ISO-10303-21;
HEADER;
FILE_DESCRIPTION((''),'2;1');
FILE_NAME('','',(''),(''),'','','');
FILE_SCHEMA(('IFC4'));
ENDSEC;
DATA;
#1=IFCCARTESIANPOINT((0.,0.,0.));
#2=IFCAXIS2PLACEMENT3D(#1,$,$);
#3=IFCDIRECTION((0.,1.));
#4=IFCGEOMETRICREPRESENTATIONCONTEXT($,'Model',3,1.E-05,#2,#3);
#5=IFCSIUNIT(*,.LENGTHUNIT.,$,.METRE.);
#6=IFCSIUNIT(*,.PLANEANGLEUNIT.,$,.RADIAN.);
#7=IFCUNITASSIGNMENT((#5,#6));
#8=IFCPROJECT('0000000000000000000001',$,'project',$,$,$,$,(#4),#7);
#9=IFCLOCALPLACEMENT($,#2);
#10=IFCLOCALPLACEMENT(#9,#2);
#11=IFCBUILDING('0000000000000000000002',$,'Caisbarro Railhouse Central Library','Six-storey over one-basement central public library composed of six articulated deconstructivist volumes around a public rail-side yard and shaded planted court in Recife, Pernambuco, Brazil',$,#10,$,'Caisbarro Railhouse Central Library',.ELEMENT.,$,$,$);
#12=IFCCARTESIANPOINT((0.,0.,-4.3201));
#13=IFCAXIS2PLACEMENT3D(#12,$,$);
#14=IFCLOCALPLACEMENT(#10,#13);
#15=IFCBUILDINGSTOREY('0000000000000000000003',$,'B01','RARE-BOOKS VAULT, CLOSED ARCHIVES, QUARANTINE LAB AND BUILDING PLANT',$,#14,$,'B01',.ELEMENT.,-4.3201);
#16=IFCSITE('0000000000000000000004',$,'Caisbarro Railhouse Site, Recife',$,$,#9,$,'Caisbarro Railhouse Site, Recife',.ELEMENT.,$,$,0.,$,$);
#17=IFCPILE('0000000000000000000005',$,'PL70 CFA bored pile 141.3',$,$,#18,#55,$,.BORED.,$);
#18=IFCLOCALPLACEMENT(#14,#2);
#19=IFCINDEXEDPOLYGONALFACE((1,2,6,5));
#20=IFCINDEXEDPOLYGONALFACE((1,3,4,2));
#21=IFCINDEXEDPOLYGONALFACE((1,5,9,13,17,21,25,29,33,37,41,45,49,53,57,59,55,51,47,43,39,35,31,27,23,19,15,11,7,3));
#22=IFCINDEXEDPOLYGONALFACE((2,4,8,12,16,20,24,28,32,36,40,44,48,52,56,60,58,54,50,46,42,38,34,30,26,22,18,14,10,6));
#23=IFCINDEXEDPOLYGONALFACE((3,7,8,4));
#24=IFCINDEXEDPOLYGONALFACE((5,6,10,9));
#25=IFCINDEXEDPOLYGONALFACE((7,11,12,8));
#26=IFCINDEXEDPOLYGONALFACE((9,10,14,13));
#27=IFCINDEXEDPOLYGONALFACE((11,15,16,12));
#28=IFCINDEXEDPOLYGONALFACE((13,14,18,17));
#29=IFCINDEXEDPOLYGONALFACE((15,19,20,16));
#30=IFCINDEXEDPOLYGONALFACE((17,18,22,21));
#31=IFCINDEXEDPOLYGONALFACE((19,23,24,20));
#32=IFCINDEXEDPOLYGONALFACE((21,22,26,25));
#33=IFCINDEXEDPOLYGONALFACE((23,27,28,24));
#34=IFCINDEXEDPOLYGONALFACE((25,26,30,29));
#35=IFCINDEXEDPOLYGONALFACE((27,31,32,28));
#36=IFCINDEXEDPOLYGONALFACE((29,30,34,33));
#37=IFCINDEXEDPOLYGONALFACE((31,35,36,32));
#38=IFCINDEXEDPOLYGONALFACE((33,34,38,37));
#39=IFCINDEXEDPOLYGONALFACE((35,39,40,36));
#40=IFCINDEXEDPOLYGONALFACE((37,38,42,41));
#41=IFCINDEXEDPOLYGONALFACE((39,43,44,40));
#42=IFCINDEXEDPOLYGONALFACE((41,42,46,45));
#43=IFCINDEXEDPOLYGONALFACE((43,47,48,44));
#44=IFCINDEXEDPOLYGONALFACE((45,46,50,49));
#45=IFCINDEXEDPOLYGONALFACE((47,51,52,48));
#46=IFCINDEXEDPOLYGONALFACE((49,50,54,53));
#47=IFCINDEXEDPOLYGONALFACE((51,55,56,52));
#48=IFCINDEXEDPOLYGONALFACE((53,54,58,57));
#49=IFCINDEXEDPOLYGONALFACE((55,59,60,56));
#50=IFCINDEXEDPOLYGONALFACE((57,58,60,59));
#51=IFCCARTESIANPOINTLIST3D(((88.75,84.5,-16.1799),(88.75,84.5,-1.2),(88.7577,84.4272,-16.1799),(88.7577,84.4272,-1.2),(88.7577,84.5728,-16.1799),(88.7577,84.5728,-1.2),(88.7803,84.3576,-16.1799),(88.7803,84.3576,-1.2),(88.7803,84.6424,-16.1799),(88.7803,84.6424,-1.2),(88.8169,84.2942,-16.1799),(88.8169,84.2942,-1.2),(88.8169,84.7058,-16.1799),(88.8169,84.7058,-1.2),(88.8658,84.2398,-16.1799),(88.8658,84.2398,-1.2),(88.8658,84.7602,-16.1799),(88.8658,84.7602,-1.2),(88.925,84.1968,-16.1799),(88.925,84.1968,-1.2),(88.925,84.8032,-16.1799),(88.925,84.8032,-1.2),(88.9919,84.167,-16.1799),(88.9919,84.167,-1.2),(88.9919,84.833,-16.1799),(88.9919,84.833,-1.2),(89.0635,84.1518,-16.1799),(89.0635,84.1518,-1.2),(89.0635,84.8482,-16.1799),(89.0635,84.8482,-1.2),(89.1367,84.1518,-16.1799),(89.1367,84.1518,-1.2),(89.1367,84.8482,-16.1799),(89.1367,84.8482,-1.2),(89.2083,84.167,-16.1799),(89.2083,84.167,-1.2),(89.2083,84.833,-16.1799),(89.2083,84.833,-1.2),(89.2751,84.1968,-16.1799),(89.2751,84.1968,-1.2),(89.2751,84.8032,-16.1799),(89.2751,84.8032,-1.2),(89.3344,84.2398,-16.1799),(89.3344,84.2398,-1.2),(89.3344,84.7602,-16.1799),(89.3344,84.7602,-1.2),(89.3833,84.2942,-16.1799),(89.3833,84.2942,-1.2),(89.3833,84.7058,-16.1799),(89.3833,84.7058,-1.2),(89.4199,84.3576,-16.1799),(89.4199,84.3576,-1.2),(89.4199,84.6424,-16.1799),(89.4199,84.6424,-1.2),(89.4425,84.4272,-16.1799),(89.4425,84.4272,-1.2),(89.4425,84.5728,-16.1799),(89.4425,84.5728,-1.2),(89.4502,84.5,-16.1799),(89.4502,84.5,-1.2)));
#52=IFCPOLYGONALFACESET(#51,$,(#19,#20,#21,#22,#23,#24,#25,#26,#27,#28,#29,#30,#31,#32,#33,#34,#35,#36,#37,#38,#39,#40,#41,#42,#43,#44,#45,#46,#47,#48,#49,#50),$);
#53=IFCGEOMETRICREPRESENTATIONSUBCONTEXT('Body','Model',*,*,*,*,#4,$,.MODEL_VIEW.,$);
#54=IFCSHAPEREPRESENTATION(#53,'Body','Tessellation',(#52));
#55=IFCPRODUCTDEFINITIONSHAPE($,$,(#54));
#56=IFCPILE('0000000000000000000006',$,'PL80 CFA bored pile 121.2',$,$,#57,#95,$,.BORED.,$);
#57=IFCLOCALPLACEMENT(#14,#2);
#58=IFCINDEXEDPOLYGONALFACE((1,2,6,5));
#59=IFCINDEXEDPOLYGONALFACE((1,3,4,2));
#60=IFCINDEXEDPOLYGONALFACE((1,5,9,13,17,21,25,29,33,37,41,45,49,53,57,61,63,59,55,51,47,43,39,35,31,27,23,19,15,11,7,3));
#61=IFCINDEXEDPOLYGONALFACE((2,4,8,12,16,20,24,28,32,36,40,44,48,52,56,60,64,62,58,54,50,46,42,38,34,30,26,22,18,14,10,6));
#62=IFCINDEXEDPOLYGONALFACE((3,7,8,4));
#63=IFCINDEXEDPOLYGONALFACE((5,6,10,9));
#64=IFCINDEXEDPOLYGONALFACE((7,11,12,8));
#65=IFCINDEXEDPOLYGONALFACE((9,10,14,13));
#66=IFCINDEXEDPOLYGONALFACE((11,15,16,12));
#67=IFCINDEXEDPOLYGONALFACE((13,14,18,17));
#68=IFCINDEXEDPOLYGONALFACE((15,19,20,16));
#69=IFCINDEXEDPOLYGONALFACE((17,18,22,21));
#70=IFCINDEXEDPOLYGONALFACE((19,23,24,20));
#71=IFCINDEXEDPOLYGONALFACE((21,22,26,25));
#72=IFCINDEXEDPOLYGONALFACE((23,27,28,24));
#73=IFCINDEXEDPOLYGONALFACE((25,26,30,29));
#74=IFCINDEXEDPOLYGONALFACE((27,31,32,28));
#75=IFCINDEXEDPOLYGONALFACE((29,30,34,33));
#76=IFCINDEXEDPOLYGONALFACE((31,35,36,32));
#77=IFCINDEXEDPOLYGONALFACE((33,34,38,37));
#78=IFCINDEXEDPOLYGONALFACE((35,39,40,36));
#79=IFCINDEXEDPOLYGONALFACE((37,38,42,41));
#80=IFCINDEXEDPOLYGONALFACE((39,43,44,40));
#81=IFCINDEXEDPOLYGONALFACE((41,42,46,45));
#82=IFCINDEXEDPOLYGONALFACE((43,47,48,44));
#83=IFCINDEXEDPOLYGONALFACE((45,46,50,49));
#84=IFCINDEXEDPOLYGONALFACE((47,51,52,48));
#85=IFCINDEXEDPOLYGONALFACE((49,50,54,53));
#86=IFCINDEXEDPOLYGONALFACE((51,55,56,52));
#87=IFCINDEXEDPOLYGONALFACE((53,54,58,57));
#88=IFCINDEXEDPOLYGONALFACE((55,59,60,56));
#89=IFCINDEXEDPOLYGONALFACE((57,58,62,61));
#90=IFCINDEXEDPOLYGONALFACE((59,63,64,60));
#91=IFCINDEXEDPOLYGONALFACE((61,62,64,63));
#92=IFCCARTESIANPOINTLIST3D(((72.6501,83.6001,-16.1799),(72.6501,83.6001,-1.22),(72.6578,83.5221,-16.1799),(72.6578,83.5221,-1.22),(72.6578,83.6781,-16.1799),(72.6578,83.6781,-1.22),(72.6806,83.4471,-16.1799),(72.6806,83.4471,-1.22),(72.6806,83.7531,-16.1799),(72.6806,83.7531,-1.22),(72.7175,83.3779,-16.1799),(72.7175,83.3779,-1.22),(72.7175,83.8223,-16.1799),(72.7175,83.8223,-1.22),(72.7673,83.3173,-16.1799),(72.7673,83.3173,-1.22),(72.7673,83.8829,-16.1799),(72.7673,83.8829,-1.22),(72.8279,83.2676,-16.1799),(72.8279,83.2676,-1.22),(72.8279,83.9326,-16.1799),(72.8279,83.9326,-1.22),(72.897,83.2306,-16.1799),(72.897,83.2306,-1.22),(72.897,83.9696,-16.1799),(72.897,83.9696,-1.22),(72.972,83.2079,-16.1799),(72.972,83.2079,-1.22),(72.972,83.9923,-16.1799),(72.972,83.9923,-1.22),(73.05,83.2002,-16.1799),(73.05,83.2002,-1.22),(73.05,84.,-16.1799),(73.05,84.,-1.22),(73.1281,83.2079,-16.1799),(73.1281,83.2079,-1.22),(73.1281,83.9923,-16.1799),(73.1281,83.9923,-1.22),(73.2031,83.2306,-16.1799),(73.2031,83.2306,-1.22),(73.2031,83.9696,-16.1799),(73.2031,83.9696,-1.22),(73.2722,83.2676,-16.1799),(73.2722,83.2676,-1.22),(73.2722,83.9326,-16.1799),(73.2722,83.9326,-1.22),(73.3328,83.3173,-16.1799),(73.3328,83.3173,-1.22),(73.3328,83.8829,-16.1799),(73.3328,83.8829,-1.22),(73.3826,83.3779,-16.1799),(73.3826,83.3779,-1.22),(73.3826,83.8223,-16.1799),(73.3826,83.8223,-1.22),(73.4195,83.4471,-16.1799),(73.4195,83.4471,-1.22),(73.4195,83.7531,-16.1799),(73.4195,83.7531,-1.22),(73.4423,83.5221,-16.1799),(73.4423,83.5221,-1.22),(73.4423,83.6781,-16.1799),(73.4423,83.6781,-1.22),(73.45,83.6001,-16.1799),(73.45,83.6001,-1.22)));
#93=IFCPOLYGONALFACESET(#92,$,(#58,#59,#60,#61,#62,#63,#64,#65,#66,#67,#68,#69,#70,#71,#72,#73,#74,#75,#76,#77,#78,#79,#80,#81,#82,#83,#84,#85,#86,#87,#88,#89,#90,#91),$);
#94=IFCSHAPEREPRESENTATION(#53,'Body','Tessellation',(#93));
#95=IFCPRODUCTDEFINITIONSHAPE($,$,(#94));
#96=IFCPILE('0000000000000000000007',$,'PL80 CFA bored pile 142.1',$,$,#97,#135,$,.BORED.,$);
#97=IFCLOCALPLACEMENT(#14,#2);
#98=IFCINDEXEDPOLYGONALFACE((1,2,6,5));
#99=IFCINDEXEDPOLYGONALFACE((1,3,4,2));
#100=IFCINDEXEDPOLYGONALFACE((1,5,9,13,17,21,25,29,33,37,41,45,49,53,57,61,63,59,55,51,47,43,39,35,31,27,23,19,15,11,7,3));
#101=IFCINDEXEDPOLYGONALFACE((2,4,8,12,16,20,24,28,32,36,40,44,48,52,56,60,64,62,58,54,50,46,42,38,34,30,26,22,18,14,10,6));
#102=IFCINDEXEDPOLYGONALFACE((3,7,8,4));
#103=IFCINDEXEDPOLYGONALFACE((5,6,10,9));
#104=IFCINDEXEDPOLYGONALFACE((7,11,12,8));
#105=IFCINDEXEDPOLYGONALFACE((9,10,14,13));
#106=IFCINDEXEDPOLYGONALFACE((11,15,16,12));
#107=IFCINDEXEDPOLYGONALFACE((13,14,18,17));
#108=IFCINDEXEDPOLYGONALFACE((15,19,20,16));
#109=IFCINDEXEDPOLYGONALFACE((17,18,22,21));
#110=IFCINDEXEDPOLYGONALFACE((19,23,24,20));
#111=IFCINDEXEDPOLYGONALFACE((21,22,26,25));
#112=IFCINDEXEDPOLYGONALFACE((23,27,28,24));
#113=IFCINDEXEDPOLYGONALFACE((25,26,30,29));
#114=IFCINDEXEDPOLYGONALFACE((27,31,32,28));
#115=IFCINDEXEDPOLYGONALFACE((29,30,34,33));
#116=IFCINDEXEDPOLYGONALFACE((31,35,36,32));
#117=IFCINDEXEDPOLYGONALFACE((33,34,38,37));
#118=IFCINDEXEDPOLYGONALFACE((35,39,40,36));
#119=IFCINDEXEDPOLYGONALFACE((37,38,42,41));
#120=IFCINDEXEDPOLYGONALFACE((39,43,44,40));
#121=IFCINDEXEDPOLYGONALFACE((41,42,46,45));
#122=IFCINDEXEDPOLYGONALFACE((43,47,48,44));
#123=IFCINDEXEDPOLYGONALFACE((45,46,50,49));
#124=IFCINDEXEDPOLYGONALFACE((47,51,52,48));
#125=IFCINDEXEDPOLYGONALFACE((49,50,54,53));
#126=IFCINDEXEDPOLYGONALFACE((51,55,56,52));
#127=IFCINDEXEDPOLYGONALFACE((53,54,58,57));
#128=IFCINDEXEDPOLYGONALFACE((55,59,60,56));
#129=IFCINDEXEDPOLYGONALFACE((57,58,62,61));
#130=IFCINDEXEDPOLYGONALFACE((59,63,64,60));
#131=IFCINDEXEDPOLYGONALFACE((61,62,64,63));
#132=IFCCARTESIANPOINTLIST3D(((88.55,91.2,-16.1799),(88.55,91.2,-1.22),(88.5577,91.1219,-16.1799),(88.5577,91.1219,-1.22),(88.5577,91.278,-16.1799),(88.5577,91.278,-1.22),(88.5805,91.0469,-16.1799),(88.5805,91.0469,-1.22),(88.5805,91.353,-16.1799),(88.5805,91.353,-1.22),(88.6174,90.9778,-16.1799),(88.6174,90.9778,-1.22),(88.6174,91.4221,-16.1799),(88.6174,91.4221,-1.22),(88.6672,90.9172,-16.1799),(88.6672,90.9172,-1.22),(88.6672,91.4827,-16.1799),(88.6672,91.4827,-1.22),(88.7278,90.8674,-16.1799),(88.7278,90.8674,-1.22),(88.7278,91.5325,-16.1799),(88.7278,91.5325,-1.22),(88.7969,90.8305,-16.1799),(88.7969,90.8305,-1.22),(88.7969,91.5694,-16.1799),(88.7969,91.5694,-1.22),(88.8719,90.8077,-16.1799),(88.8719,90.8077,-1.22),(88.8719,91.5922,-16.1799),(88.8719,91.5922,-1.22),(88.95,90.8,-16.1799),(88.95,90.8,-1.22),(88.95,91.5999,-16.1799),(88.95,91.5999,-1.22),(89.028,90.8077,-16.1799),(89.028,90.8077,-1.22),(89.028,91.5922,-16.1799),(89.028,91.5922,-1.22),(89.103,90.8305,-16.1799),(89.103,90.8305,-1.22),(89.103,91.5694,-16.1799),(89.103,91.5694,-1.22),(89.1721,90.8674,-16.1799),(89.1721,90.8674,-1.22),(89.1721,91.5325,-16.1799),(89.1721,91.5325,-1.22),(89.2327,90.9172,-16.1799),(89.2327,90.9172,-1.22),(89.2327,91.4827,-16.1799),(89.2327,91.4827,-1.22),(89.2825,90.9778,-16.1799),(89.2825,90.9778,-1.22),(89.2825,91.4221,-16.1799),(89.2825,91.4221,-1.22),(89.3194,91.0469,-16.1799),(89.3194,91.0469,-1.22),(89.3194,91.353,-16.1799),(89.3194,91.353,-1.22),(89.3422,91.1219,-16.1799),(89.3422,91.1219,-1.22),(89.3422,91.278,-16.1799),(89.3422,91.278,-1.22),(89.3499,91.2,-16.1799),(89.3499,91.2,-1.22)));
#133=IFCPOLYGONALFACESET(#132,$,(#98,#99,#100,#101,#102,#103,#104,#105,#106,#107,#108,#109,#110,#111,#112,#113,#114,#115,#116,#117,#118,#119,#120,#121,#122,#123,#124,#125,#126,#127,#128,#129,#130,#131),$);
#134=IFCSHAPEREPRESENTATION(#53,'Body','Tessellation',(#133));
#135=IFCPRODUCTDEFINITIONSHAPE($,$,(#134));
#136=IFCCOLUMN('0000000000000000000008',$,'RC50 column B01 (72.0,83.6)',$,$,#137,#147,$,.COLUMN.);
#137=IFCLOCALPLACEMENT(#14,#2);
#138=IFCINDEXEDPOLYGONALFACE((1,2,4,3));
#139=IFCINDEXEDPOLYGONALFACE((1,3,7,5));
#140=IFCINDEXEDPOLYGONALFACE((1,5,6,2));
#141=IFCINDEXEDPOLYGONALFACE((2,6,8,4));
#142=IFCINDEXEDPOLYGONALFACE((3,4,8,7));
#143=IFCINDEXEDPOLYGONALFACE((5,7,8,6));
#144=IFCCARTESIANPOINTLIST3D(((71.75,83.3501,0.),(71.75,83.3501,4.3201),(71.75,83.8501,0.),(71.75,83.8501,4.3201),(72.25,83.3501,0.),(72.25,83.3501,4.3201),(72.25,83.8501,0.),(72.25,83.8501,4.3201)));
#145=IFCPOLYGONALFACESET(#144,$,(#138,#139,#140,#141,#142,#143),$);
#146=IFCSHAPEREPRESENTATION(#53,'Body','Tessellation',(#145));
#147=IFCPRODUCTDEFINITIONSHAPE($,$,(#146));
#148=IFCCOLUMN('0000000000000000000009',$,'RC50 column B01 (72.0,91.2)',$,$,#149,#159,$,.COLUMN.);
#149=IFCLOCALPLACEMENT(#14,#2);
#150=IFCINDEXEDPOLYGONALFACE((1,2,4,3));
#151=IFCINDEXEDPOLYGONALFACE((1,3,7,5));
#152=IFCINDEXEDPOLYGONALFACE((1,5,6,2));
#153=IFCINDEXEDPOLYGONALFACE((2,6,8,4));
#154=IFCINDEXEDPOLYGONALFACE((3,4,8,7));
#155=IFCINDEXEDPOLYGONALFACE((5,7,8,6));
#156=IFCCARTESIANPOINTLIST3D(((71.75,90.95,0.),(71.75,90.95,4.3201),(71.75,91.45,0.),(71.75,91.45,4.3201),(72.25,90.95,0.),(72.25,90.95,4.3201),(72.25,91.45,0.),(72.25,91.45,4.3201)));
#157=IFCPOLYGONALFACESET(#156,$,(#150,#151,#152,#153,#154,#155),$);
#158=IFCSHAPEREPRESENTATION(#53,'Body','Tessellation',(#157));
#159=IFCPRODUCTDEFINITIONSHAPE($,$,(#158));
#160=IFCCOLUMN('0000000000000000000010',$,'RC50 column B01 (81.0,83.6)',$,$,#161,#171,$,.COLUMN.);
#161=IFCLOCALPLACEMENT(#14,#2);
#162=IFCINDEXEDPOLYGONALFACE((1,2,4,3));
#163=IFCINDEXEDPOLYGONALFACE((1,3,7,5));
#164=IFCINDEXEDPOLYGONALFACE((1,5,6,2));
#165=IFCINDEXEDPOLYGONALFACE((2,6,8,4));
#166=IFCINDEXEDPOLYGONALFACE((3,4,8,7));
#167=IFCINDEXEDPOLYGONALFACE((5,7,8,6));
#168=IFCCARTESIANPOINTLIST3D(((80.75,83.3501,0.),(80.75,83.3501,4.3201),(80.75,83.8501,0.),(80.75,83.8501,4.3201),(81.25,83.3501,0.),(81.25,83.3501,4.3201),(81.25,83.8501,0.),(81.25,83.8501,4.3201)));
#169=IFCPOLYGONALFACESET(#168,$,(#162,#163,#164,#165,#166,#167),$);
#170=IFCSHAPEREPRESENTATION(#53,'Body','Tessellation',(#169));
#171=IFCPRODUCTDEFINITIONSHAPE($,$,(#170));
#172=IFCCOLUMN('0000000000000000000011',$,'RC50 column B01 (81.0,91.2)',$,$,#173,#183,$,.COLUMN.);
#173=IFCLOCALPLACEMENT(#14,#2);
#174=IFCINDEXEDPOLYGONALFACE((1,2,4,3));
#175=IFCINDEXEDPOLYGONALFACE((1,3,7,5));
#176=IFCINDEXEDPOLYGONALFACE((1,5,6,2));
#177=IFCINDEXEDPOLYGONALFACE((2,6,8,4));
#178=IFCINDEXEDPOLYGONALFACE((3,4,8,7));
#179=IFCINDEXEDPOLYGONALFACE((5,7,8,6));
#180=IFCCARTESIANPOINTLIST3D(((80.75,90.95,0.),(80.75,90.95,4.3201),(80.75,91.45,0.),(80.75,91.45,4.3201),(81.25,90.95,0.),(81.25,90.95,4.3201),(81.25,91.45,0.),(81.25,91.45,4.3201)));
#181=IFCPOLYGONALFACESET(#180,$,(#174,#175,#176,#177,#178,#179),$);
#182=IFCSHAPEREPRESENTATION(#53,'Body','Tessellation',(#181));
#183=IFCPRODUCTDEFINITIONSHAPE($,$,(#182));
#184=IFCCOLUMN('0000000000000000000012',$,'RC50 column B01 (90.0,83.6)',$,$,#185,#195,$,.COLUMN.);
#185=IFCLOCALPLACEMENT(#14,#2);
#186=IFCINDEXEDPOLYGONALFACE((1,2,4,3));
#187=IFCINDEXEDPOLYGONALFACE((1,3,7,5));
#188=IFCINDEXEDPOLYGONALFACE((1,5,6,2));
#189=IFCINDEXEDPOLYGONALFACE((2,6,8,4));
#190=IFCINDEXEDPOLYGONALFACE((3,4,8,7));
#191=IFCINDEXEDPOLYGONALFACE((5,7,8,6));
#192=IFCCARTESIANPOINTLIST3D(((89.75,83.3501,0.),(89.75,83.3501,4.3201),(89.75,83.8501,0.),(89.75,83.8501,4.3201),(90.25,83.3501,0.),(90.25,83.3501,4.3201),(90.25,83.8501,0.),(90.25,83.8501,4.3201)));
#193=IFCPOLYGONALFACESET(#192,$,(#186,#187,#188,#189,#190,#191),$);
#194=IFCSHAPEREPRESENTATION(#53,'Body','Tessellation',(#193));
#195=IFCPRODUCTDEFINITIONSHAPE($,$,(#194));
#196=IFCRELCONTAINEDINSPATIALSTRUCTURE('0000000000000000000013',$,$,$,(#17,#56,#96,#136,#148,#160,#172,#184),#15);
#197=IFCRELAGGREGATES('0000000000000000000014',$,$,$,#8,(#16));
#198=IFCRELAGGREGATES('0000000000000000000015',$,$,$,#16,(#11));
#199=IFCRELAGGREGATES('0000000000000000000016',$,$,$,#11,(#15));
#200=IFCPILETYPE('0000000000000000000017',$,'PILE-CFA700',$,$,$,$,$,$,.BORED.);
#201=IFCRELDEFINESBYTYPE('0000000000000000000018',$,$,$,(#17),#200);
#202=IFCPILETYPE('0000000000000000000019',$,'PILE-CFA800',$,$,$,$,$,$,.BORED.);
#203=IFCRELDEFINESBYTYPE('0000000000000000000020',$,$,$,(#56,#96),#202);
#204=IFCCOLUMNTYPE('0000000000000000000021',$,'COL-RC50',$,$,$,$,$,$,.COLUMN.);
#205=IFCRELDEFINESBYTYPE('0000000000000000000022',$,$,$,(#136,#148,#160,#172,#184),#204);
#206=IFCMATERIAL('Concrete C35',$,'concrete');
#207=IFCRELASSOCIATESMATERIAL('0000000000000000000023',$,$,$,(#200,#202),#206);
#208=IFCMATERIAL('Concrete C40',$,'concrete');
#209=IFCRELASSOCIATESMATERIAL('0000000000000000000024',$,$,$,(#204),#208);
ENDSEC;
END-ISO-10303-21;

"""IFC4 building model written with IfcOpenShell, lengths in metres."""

from ifc_helpers import new_model, si_unit, direction, frame, origin, origin_2d, place, context, subcontext, project, spatial, rectangle, circle, extrude, material, material_profile, profile_set, type_object, element, save


model = new_model("IFC4")

# Units and contexts
model_context = context("Model", 3, precision=1e-05, world=origin(), true_north=direction((0.0, 1.0)))
body_context = subcontext(model_context, "Body", "Model", "MODEL_VIEW")
ifc_project = project(units=[si_unit("LENGTHUNIT", "METRE"), si_unit("PLANEANGLEUNIT", "RADIAN")], contexts=[model_context])

# Site, building, storey
site_placement = place(None, origin())
site = spatial("IfcSite", under=ifc_project, at=site_placement, Name="Caisbarro Railhouse Site, Recife", LongName="Caisbarro Railhouse Site, Recife", CompositionType="ELEMENT", RefElevation=0.0)
building_placement = place(site_placement, origin())
building = spatial("IfcBuilding", under=site, at=building_placement, Name="Caisbarro Railhouse Central Library", Description="Six-storey over one-basement central public library composed of six articulated deconstructivist volumes around a public rail-side yard and shaded planted court in Recife, Pernambuco, Brazil", LongName="Caisbarro Railhouse Central Library", CompositionType="ELEMENT")
storey_placement = place(building_placement, frame((0.0, 0.0, -4.3201)))
storey = spatial("IfcBuildingStorey", under=building, at=storey_placement, Name="B01", Description="RARE-BOOKS VAULT, CLOSED ARCHIVES, QUARANTINE LAB AND BUILDING PLANT", LongName="B01", CompositionType="ELEMENT", Elevation=-4.3201)

# Shared definitions
ifc_material_1 = material(Name="Concrete C35", Category="concrete")
ifc_material_2 = material(Name="Concrete C40", Category="concrete")

# Piles
ifc_material_profile_1 = material_profile(ifc_material_1, circle(Radius=0.3501, at=origin_2d()), Name="PILE-CFA-700")
ifc_profile_set_1 = profile_set([ifc_material_profile_1], Name="Concrete C35")
pile_type_1 = type_object("IfcPileType", Name="PILE-CFA700", PredefinedType="BORED", material=ifc_profile_set_1)
for number, where, z_axis, x_axis, name in (
    (1, (89.1001, 84.5, -1.2), (0.0, 0.0, -1.0), (1.0, 0.0, 0.0), "PL70 CFA bored pile 141.3"),
):
    element("IfcPile", number, at=place(storey_placement, frame(where, z_axis=z_axis, x_axis=x_axis)), inside=storey, type_object=pile_type_1, Name=name, PredefinedType="BORED", context=body_context, shape_type="SweptSolid", body=[
        extrude(circle(Radius=0.3501, at=origin_2d()), origin(), (0.0, 0.0, 1.0), 14.98),
    ])
ifc_material_profile_2 = material_profile(ifc_material_1, circle(Radius=0.3999, at=origin_2d()), Name="PILE-CFA-800")
ifc_profile_set_2 = profile_set([ifc_material_profile_2], Name="Concrete C35")
pile_type_2 = type_object("IfcPileType", Name="PILE-CFA800", PredefinedType="BORED", material=ifc_profile_set_2)
for number, where, z_axis, x_axis, name in (
    (2, (73.05, 83.6001, -1.22), (0.0, 0.0, -1.0), (1.0, 0.0, 0.0), "PL80 CFA bored pile 121.2"),
    (3, (88.95, 91.2, -1.22), (0.0, 0.0, -1.0), (1.0, 0.0, 0.0), "PL80 CFA bored pile 142.1"),
):
    element("IfcPile", number, at=place(storey_placement, frame(where, z_axis=z_axis, x_axis=x_axis)), inside=storey, type_object=pile_type_2, Name=name, PredefinedType="BORED", context=body_context, shape_type="SweptSolid", body=[
        extrude(circle(Radius=0.3999, at=origin_2d()), origin(), (0.0, 0.0, 1.0), 14.96),
    ])

# Columns
ifc_material_profile_3 = material_profile(ifc_material_2, rectangle(XDim=0.5, YDim=0.5, at=origin_2d()), Name="RC-COL-500X500")
ifc_profile_set_3 = profile_set([ifc_material_profile_3], Name="Concrete C40")
column_type = type_object("IfcColumnType", Name="COL-RC50", PredefinedType="COLUMN", material=ifc_profile_set_3)
for number, where, z_axis, x_axis, name in (
    (4, (72.0, 83.6001, 0.0), (0.0, 0.0, 1.0), (1.0, 0.0, 0.0), "RC50 column B01 (72.0,83.6)"),
    (5, (72.0, 91.2, 0.0), (0.0, 0.0, 1.0), (1.0, 0.0, 0.0), "RC50 column B01 (72.0,91.2)"),
    (6, (81.0, 83.6001, 0.0), (0.0, 0.0, 1.0), (1.0, 0.0, 0.0), "RC50 column B01 (81.0,83.6)"),
    (7, (81.0, 91.2, 0.0), (0.0, 0.0, 1.0), (1.0, 0.0, 0.0), "RC50 column B01 (81.0,91.2)"),
    (8, (90.0, 83.6001, 0.0), (0.0, 0.0, 1.0), (1.0, 0.0, 0.0), "RC50 column B01 (90.0,83.6)"),
):
    element("IfcColumn", number, at=place(storey_placement, frame(where, z_axis=z_axis, x_axis=x_axis)), inside=storey, type_object=column_type, Name=name, PredefinedType="COLUMN", context=body_context, shape_type="SweptSolid", body=[
        extrude(rectangle(XDim=0.5, YDim=0.5, at=origin_2d()), origin(), (0.0, 0.0, 1.0), 4.3201),
    ])

save(model, "model.ifc")
